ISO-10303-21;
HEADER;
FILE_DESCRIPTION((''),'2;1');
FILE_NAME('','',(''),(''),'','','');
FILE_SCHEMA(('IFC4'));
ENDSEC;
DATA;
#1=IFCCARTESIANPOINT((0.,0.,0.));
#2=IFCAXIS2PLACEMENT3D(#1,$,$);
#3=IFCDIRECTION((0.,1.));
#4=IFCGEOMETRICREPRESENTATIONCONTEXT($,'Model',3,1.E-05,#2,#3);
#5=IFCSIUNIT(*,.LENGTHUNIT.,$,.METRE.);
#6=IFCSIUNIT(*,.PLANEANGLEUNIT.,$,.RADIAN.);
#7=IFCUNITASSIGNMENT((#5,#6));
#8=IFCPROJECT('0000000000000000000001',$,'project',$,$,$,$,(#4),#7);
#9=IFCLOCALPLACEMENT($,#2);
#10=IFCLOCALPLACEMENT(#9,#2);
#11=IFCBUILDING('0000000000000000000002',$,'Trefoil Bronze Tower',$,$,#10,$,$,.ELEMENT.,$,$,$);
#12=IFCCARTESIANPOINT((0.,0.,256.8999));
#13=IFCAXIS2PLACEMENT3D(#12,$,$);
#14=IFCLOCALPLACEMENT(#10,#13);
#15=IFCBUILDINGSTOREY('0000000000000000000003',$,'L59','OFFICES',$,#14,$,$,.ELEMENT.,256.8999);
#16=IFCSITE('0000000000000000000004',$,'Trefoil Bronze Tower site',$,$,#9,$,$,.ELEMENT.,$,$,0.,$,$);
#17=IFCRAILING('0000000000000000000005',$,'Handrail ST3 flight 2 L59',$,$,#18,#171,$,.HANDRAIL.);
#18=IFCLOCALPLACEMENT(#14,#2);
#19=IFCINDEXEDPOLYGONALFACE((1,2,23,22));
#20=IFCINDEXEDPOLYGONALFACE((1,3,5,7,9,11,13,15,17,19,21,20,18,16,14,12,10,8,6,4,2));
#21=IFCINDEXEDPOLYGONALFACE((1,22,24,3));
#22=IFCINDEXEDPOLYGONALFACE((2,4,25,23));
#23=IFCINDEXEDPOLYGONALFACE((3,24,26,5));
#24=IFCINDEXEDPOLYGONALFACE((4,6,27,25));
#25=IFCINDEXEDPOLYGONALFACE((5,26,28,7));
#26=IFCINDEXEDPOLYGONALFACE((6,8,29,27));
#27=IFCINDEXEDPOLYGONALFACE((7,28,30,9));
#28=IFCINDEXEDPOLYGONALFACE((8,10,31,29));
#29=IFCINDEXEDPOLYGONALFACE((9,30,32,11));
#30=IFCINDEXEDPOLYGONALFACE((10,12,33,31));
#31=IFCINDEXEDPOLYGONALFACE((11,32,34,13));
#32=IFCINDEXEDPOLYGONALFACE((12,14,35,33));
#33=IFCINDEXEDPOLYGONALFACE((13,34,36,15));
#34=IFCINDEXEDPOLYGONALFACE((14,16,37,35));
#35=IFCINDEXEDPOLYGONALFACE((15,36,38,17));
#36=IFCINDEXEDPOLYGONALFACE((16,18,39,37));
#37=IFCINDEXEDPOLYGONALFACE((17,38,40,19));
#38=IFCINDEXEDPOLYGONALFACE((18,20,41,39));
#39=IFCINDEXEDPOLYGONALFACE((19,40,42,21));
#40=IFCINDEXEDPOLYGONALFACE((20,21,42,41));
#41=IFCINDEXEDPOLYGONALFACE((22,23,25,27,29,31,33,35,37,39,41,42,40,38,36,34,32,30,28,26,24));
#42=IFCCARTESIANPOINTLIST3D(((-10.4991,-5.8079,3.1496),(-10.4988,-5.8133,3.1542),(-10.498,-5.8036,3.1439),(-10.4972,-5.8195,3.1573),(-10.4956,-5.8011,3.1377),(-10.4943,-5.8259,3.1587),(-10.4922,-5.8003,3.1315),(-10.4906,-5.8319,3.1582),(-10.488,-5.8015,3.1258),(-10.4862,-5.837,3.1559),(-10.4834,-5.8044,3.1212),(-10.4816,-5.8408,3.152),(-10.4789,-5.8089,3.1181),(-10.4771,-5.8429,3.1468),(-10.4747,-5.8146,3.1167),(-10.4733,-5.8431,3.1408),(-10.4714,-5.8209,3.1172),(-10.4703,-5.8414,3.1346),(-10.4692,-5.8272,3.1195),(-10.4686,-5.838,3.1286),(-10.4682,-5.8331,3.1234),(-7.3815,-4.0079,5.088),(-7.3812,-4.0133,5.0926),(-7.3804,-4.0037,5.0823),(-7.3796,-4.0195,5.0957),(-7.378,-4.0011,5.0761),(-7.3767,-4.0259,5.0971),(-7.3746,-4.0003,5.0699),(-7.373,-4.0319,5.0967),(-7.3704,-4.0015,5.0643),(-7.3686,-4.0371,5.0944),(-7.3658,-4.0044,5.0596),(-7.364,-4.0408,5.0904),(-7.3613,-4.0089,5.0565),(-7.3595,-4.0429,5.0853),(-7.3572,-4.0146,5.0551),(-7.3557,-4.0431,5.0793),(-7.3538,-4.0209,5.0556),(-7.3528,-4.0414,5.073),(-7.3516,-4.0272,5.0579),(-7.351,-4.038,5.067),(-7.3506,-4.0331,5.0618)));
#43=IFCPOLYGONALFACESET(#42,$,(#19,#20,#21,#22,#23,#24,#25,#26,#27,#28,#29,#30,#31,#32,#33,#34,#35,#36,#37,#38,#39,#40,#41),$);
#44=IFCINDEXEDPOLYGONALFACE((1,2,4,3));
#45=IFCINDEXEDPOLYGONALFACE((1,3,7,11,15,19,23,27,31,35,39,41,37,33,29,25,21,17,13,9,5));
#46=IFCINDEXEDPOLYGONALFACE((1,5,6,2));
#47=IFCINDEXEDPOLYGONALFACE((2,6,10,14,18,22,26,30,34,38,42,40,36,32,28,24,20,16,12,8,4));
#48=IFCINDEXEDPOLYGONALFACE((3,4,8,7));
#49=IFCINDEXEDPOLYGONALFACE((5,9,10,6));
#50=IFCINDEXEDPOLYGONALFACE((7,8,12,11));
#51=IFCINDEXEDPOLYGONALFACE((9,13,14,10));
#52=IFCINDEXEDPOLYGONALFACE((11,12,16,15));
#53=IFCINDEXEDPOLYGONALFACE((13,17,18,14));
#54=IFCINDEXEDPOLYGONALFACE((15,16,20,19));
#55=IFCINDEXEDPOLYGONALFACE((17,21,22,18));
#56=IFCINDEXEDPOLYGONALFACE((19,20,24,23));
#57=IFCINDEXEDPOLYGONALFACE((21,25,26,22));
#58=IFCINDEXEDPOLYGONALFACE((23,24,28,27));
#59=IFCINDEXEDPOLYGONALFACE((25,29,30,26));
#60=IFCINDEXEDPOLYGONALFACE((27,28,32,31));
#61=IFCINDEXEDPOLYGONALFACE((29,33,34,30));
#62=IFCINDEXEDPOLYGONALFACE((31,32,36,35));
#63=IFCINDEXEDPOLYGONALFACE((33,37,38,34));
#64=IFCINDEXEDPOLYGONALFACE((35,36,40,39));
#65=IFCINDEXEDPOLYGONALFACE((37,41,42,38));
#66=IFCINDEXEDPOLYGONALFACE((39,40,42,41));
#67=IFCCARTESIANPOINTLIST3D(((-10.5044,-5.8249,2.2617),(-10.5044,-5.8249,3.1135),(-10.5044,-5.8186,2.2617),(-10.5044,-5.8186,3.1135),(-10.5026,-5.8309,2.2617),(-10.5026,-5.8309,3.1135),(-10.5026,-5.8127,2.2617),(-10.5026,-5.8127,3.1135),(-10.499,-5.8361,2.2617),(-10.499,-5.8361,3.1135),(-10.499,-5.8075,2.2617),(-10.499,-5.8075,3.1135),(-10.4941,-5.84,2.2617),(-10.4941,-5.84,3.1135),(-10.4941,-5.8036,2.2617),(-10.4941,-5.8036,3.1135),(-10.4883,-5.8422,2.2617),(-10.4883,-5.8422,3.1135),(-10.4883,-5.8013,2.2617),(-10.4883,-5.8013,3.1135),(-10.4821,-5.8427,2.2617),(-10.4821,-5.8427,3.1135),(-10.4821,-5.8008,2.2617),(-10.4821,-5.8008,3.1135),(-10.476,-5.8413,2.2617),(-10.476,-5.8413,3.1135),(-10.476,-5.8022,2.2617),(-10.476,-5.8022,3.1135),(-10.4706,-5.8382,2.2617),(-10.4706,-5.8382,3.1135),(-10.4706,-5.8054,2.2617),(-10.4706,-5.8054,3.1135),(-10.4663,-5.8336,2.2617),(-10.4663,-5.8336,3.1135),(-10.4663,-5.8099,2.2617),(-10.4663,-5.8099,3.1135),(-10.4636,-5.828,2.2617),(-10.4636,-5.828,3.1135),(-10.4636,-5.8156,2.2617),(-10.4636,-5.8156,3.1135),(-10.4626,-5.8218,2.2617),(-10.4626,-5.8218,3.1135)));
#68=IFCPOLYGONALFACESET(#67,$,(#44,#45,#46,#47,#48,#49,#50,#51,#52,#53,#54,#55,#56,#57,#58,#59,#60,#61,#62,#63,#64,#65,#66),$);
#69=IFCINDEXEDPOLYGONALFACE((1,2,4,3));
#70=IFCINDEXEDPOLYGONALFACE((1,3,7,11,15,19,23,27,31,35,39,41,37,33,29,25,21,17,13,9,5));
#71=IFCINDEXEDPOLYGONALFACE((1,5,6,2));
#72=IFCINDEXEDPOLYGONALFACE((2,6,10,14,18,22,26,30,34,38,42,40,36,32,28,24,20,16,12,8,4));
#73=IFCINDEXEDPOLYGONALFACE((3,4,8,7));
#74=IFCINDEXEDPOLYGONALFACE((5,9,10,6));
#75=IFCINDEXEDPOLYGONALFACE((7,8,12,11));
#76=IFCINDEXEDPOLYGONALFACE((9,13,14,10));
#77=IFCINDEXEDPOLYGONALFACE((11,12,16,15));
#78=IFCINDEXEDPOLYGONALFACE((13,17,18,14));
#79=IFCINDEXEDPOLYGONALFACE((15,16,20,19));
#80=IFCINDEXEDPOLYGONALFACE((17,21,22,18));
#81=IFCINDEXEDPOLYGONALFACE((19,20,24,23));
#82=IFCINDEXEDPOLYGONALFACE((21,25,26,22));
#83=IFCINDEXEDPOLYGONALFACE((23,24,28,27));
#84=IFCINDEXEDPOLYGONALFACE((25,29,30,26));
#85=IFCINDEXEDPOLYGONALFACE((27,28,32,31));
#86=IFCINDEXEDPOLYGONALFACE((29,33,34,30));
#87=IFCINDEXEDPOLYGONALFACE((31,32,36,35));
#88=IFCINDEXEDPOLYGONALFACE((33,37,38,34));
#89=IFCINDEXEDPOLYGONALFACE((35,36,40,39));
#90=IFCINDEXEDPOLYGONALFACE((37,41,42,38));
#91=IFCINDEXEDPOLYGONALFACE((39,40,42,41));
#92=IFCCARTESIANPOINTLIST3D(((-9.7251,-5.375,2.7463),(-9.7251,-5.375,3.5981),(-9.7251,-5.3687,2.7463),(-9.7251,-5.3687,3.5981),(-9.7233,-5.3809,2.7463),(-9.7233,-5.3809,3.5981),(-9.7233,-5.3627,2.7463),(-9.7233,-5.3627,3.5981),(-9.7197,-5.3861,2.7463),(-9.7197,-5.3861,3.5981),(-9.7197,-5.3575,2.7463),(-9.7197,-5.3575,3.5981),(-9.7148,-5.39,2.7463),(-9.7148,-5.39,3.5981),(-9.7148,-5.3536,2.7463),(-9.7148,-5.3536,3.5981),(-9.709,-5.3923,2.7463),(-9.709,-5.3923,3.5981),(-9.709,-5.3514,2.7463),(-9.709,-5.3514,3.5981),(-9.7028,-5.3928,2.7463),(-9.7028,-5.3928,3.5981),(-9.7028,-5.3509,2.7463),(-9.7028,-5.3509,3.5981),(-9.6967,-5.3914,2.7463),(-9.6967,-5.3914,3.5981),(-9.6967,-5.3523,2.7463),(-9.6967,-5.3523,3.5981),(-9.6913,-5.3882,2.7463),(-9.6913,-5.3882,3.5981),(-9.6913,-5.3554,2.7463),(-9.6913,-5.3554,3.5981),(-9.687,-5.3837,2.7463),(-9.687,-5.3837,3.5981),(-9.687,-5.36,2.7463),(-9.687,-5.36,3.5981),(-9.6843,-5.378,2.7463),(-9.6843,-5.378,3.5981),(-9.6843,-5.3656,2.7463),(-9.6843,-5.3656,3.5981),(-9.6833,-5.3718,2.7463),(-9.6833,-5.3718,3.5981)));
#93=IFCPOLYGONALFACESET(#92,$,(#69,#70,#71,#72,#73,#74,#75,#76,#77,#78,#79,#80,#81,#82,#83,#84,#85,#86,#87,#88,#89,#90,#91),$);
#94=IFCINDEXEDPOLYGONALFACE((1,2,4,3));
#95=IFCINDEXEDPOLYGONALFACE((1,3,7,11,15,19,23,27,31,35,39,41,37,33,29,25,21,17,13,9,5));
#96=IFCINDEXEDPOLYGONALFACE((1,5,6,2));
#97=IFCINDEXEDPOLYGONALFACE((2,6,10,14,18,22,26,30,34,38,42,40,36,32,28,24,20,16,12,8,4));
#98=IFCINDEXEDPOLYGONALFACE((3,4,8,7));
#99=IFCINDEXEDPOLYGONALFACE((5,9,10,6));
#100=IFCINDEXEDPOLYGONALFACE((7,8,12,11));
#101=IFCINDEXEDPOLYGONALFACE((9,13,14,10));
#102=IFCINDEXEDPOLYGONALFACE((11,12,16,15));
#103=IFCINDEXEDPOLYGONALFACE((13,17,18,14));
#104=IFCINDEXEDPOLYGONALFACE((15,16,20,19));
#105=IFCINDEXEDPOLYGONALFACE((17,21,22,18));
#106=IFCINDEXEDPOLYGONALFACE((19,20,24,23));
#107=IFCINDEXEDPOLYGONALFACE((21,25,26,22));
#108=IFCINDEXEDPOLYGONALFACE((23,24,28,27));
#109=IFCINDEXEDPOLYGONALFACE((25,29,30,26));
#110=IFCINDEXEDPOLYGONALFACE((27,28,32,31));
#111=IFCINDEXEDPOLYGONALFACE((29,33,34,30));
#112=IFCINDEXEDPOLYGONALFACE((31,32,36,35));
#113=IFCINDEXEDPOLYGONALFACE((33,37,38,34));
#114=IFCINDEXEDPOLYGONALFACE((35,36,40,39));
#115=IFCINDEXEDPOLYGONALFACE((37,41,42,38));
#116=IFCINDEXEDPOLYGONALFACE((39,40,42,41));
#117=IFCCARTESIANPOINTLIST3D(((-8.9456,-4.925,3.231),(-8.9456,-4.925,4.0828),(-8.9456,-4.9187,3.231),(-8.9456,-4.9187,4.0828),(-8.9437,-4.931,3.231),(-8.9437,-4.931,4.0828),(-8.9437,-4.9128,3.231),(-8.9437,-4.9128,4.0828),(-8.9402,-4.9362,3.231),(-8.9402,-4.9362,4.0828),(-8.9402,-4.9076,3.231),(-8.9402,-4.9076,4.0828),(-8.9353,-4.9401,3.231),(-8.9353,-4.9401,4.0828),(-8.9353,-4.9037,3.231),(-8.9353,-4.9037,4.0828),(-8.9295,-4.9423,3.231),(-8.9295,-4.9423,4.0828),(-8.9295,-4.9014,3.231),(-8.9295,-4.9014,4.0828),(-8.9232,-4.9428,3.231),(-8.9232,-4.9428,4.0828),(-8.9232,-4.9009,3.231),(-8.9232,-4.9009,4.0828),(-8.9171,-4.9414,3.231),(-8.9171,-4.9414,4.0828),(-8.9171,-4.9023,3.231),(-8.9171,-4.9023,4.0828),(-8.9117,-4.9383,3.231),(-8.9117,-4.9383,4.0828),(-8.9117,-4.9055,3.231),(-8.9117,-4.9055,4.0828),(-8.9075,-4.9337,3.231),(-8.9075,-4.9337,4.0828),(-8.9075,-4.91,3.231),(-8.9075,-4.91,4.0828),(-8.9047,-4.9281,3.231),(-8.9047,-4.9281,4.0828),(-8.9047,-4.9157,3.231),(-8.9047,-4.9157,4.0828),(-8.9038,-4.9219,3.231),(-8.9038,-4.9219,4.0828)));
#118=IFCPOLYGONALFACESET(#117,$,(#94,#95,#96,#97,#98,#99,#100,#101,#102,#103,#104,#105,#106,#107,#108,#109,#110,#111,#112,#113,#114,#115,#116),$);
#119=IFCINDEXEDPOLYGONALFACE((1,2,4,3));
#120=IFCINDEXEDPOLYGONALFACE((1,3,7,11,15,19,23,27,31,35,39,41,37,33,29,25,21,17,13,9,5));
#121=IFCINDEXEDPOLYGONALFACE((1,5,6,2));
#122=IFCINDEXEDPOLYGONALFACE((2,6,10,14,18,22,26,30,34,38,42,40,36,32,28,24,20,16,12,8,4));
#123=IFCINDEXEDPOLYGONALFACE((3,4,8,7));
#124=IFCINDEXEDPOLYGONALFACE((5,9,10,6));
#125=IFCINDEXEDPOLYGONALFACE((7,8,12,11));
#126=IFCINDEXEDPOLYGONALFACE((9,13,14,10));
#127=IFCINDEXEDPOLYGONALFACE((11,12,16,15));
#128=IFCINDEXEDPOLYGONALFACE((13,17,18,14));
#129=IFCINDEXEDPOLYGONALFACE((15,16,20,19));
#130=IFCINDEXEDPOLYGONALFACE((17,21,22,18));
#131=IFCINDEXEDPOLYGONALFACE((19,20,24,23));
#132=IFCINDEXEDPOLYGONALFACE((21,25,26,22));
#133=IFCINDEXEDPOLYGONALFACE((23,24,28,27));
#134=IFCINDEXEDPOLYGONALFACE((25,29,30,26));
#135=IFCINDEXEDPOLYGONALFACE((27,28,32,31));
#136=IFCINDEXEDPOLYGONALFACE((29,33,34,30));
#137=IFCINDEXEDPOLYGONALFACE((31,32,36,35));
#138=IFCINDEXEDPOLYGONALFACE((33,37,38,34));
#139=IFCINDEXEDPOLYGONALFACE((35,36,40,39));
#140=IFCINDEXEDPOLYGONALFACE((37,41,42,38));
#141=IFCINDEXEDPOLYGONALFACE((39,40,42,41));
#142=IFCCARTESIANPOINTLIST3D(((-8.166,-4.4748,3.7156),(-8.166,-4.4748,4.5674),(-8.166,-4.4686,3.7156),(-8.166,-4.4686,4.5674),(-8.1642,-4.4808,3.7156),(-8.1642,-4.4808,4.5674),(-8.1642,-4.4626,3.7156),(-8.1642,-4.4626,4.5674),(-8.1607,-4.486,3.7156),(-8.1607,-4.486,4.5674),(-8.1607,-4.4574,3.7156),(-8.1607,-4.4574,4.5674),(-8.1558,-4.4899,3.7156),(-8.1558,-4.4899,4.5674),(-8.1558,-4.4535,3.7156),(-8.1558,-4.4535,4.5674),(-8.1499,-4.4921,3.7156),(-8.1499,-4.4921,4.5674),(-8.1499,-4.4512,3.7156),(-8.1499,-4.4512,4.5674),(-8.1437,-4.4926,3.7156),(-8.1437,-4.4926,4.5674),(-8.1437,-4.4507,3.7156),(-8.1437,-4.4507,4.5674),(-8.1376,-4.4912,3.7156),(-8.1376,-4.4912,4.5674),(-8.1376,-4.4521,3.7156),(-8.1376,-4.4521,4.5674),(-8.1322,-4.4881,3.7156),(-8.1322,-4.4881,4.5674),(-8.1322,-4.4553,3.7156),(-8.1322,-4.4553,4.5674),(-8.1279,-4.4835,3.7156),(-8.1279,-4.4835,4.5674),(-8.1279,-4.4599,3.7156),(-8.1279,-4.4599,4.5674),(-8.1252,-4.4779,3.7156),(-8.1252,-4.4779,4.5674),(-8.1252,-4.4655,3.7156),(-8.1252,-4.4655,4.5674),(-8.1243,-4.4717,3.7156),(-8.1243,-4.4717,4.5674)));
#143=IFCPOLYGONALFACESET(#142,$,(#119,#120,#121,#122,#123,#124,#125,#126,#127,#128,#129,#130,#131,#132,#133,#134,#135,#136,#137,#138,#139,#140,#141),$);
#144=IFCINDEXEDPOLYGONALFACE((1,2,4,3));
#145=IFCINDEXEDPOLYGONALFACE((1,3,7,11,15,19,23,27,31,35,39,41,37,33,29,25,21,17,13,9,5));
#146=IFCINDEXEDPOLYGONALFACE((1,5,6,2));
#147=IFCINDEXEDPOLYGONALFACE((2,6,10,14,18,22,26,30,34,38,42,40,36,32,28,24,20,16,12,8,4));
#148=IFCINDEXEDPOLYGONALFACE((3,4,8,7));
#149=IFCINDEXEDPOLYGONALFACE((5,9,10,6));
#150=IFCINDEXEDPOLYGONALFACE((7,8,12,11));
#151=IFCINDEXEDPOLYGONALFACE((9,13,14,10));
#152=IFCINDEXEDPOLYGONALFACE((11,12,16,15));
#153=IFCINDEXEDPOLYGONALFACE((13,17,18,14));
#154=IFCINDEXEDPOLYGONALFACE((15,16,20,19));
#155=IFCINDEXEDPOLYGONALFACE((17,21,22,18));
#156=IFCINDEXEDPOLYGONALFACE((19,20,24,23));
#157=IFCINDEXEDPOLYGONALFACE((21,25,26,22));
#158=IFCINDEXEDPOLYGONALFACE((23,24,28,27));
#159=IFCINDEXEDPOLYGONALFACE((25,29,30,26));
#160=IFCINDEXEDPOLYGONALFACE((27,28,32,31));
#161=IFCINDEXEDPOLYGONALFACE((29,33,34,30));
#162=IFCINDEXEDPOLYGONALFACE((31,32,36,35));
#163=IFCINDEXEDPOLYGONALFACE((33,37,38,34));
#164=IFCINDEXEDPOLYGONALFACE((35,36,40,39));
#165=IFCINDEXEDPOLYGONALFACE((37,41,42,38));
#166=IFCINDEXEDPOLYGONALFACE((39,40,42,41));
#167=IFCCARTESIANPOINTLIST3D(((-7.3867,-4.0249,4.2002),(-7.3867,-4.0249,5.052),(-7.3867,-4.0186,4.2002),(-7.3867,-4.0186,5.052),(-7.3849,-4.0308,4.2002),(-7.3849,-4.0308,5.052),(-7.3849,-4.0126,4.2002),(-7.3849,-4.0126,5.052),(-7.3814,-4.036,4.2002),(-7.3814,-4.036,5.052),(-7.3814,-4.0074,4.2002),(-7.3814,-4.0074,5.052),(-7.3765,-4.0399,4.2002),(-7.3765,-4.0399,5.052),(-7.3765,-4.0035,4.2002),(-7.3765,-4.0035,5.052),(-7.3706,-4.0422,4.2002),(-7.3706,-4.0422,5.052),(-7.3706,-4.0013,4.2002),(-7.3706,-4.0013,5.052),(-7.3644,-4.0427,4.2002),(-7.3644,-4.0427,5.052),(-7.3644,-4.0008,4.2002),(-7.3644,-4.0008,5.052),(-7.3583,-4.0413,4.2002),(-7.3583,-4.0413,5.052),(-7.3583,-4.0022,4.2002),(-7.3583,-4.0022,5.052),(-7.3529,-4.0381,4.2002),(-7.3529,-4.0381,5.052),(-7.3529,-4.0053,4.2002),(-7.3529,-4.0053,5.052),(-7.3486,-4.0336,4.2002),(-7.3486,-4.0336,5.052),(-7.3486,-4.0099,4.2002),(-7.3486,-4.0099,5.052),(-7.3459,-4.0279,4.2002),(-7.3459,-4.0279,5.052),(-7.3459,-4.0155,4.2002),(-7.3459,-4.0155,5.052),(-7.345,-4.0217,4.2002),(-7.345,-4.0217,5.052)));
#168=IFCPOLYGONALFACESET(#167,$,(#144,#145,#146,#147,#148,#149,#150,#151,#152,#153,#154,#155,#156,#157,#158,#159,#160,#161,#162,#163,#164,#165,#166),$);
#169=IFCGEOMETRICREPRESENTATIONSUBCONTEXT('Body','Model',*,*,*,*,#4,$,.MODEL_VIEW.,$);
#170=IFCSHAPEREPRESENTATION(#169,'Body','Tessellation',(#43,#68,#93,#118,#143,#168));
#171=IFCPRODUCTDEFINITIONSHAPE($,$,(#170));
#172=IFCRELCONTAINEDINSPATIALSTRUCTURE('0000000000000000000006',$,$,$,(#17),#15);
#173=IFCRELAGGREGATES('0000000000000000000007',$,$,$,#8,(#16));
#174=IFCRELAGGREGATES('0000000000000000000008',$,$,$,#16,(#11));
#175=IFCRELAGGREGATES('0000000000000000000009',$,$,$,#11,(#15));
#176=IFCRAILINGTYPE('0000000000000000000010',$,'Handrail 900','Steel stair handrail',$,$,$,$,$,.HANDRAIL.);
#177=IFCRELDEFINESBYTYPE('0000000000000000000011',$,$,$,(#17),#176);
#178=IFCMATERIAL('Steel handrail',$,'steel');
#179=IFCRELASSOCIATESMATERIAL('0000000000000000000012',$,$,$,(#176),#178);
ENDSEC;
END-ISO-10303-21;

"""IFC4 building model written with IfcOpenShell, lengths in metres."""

from ifc_helpers import new_model, si_unit, direction, frame, origin, origin_2d, place, context, subcontext, project, spatial, circle, extrude, material, type_object, element, save


model = new_model("IFC4")

# Units and contexts
model_context = context("Model", 3, precision=1e-05, world=origin(), true_north=direction((0.0, 1.0)))
body_context = subcontext(model_context, "Body", "Model", "MODEL_VIEW")
ifc_project = project(units=[si_unit("LENGTHUNIT", "METRE"), si_unit("PLANEANGLEUNIT", "RADIAN")], contexts=[model_context])

# Site, building, storey
site_placement = place(None, origin())
site = spatial("IfcSite", under=ifc_project, at=site_placement, Name="Trefoil Bronze Tower site", CompositionType="ELEMENT", RefElevation=0.0)
building_placement = place(site_placement, origin())
building = spatial("IfcBuilding", under=site, at=building_placement, Name="Trefoil Bronze Tower", CompositionType="ELEMENT")
storey_placement = place(building_placement, frame((0.0, 0.0, 256.8999)))
storey = spatial("IfcBuildingStorey", under=building, at=storey_placement, Name="L59", Description="OFFICES", CompositionType="ELEMENT", Elevation=256.8999)

# Railing
ifc_material_1 = material(Name="Steel handrail", Category="steel")
railing_type = type_object("IfcRailingType", Name="Handrail 900", Description="Steel stair handrail", PredefinedType="HANDRAIL", material=ifc_material_1)
railing_1_placement = place(storey_placement, frame((-10.4836, -5.8218, 2.2617)))
element("IfcRailing", 1, at=railing_1_placement, inside=storey, type_object=railing_type, Name="Handrail ST3 flight 2 L59", PredefinedType="HANDRAIL", context=body_context, shape_type="SweptSolid", body=[
    extrude(circle(Radius=0.0239, at=origin_2d()), frame((0.0, 0.0, 0.876), z_axis=(0.762503, 0.440246, 0.474102), x_axis=(-0.500012, 0.866018, 0.0)), (0.0, 0.0, 1.0), 4.0886),
    extrude(circle(Radius=0.021, at=origin_2d()), origin(), (0.0, 0.0, 1.0), 0.8518),
    extrude(circle(Radius=0.021, at=origin_2d()), frame((0.7793, 0.45, 0.4846)), (0.0, 0.0, 1.0), 0.8518),
    extrude(circle(Radius=0.021, at=origin_2d()), frame((1.5588, 0.8999, 0.9692)), (0.0, 0.0, 1.0), 0.8518),
    extrude(circle(Radius=0.021, at=origin_2d()), frame((2.3384, 1.3501, 1.4539)), (0.0, 0.0, 1.0), 0.8518),
    extrude(circle(Radius=0.021, at=origin_2d()), frame((3.1177, 1.8, 1.9385)), (0.0, 0.0, 1.0), 0.8518),
])

save(model, "model.ifc")
